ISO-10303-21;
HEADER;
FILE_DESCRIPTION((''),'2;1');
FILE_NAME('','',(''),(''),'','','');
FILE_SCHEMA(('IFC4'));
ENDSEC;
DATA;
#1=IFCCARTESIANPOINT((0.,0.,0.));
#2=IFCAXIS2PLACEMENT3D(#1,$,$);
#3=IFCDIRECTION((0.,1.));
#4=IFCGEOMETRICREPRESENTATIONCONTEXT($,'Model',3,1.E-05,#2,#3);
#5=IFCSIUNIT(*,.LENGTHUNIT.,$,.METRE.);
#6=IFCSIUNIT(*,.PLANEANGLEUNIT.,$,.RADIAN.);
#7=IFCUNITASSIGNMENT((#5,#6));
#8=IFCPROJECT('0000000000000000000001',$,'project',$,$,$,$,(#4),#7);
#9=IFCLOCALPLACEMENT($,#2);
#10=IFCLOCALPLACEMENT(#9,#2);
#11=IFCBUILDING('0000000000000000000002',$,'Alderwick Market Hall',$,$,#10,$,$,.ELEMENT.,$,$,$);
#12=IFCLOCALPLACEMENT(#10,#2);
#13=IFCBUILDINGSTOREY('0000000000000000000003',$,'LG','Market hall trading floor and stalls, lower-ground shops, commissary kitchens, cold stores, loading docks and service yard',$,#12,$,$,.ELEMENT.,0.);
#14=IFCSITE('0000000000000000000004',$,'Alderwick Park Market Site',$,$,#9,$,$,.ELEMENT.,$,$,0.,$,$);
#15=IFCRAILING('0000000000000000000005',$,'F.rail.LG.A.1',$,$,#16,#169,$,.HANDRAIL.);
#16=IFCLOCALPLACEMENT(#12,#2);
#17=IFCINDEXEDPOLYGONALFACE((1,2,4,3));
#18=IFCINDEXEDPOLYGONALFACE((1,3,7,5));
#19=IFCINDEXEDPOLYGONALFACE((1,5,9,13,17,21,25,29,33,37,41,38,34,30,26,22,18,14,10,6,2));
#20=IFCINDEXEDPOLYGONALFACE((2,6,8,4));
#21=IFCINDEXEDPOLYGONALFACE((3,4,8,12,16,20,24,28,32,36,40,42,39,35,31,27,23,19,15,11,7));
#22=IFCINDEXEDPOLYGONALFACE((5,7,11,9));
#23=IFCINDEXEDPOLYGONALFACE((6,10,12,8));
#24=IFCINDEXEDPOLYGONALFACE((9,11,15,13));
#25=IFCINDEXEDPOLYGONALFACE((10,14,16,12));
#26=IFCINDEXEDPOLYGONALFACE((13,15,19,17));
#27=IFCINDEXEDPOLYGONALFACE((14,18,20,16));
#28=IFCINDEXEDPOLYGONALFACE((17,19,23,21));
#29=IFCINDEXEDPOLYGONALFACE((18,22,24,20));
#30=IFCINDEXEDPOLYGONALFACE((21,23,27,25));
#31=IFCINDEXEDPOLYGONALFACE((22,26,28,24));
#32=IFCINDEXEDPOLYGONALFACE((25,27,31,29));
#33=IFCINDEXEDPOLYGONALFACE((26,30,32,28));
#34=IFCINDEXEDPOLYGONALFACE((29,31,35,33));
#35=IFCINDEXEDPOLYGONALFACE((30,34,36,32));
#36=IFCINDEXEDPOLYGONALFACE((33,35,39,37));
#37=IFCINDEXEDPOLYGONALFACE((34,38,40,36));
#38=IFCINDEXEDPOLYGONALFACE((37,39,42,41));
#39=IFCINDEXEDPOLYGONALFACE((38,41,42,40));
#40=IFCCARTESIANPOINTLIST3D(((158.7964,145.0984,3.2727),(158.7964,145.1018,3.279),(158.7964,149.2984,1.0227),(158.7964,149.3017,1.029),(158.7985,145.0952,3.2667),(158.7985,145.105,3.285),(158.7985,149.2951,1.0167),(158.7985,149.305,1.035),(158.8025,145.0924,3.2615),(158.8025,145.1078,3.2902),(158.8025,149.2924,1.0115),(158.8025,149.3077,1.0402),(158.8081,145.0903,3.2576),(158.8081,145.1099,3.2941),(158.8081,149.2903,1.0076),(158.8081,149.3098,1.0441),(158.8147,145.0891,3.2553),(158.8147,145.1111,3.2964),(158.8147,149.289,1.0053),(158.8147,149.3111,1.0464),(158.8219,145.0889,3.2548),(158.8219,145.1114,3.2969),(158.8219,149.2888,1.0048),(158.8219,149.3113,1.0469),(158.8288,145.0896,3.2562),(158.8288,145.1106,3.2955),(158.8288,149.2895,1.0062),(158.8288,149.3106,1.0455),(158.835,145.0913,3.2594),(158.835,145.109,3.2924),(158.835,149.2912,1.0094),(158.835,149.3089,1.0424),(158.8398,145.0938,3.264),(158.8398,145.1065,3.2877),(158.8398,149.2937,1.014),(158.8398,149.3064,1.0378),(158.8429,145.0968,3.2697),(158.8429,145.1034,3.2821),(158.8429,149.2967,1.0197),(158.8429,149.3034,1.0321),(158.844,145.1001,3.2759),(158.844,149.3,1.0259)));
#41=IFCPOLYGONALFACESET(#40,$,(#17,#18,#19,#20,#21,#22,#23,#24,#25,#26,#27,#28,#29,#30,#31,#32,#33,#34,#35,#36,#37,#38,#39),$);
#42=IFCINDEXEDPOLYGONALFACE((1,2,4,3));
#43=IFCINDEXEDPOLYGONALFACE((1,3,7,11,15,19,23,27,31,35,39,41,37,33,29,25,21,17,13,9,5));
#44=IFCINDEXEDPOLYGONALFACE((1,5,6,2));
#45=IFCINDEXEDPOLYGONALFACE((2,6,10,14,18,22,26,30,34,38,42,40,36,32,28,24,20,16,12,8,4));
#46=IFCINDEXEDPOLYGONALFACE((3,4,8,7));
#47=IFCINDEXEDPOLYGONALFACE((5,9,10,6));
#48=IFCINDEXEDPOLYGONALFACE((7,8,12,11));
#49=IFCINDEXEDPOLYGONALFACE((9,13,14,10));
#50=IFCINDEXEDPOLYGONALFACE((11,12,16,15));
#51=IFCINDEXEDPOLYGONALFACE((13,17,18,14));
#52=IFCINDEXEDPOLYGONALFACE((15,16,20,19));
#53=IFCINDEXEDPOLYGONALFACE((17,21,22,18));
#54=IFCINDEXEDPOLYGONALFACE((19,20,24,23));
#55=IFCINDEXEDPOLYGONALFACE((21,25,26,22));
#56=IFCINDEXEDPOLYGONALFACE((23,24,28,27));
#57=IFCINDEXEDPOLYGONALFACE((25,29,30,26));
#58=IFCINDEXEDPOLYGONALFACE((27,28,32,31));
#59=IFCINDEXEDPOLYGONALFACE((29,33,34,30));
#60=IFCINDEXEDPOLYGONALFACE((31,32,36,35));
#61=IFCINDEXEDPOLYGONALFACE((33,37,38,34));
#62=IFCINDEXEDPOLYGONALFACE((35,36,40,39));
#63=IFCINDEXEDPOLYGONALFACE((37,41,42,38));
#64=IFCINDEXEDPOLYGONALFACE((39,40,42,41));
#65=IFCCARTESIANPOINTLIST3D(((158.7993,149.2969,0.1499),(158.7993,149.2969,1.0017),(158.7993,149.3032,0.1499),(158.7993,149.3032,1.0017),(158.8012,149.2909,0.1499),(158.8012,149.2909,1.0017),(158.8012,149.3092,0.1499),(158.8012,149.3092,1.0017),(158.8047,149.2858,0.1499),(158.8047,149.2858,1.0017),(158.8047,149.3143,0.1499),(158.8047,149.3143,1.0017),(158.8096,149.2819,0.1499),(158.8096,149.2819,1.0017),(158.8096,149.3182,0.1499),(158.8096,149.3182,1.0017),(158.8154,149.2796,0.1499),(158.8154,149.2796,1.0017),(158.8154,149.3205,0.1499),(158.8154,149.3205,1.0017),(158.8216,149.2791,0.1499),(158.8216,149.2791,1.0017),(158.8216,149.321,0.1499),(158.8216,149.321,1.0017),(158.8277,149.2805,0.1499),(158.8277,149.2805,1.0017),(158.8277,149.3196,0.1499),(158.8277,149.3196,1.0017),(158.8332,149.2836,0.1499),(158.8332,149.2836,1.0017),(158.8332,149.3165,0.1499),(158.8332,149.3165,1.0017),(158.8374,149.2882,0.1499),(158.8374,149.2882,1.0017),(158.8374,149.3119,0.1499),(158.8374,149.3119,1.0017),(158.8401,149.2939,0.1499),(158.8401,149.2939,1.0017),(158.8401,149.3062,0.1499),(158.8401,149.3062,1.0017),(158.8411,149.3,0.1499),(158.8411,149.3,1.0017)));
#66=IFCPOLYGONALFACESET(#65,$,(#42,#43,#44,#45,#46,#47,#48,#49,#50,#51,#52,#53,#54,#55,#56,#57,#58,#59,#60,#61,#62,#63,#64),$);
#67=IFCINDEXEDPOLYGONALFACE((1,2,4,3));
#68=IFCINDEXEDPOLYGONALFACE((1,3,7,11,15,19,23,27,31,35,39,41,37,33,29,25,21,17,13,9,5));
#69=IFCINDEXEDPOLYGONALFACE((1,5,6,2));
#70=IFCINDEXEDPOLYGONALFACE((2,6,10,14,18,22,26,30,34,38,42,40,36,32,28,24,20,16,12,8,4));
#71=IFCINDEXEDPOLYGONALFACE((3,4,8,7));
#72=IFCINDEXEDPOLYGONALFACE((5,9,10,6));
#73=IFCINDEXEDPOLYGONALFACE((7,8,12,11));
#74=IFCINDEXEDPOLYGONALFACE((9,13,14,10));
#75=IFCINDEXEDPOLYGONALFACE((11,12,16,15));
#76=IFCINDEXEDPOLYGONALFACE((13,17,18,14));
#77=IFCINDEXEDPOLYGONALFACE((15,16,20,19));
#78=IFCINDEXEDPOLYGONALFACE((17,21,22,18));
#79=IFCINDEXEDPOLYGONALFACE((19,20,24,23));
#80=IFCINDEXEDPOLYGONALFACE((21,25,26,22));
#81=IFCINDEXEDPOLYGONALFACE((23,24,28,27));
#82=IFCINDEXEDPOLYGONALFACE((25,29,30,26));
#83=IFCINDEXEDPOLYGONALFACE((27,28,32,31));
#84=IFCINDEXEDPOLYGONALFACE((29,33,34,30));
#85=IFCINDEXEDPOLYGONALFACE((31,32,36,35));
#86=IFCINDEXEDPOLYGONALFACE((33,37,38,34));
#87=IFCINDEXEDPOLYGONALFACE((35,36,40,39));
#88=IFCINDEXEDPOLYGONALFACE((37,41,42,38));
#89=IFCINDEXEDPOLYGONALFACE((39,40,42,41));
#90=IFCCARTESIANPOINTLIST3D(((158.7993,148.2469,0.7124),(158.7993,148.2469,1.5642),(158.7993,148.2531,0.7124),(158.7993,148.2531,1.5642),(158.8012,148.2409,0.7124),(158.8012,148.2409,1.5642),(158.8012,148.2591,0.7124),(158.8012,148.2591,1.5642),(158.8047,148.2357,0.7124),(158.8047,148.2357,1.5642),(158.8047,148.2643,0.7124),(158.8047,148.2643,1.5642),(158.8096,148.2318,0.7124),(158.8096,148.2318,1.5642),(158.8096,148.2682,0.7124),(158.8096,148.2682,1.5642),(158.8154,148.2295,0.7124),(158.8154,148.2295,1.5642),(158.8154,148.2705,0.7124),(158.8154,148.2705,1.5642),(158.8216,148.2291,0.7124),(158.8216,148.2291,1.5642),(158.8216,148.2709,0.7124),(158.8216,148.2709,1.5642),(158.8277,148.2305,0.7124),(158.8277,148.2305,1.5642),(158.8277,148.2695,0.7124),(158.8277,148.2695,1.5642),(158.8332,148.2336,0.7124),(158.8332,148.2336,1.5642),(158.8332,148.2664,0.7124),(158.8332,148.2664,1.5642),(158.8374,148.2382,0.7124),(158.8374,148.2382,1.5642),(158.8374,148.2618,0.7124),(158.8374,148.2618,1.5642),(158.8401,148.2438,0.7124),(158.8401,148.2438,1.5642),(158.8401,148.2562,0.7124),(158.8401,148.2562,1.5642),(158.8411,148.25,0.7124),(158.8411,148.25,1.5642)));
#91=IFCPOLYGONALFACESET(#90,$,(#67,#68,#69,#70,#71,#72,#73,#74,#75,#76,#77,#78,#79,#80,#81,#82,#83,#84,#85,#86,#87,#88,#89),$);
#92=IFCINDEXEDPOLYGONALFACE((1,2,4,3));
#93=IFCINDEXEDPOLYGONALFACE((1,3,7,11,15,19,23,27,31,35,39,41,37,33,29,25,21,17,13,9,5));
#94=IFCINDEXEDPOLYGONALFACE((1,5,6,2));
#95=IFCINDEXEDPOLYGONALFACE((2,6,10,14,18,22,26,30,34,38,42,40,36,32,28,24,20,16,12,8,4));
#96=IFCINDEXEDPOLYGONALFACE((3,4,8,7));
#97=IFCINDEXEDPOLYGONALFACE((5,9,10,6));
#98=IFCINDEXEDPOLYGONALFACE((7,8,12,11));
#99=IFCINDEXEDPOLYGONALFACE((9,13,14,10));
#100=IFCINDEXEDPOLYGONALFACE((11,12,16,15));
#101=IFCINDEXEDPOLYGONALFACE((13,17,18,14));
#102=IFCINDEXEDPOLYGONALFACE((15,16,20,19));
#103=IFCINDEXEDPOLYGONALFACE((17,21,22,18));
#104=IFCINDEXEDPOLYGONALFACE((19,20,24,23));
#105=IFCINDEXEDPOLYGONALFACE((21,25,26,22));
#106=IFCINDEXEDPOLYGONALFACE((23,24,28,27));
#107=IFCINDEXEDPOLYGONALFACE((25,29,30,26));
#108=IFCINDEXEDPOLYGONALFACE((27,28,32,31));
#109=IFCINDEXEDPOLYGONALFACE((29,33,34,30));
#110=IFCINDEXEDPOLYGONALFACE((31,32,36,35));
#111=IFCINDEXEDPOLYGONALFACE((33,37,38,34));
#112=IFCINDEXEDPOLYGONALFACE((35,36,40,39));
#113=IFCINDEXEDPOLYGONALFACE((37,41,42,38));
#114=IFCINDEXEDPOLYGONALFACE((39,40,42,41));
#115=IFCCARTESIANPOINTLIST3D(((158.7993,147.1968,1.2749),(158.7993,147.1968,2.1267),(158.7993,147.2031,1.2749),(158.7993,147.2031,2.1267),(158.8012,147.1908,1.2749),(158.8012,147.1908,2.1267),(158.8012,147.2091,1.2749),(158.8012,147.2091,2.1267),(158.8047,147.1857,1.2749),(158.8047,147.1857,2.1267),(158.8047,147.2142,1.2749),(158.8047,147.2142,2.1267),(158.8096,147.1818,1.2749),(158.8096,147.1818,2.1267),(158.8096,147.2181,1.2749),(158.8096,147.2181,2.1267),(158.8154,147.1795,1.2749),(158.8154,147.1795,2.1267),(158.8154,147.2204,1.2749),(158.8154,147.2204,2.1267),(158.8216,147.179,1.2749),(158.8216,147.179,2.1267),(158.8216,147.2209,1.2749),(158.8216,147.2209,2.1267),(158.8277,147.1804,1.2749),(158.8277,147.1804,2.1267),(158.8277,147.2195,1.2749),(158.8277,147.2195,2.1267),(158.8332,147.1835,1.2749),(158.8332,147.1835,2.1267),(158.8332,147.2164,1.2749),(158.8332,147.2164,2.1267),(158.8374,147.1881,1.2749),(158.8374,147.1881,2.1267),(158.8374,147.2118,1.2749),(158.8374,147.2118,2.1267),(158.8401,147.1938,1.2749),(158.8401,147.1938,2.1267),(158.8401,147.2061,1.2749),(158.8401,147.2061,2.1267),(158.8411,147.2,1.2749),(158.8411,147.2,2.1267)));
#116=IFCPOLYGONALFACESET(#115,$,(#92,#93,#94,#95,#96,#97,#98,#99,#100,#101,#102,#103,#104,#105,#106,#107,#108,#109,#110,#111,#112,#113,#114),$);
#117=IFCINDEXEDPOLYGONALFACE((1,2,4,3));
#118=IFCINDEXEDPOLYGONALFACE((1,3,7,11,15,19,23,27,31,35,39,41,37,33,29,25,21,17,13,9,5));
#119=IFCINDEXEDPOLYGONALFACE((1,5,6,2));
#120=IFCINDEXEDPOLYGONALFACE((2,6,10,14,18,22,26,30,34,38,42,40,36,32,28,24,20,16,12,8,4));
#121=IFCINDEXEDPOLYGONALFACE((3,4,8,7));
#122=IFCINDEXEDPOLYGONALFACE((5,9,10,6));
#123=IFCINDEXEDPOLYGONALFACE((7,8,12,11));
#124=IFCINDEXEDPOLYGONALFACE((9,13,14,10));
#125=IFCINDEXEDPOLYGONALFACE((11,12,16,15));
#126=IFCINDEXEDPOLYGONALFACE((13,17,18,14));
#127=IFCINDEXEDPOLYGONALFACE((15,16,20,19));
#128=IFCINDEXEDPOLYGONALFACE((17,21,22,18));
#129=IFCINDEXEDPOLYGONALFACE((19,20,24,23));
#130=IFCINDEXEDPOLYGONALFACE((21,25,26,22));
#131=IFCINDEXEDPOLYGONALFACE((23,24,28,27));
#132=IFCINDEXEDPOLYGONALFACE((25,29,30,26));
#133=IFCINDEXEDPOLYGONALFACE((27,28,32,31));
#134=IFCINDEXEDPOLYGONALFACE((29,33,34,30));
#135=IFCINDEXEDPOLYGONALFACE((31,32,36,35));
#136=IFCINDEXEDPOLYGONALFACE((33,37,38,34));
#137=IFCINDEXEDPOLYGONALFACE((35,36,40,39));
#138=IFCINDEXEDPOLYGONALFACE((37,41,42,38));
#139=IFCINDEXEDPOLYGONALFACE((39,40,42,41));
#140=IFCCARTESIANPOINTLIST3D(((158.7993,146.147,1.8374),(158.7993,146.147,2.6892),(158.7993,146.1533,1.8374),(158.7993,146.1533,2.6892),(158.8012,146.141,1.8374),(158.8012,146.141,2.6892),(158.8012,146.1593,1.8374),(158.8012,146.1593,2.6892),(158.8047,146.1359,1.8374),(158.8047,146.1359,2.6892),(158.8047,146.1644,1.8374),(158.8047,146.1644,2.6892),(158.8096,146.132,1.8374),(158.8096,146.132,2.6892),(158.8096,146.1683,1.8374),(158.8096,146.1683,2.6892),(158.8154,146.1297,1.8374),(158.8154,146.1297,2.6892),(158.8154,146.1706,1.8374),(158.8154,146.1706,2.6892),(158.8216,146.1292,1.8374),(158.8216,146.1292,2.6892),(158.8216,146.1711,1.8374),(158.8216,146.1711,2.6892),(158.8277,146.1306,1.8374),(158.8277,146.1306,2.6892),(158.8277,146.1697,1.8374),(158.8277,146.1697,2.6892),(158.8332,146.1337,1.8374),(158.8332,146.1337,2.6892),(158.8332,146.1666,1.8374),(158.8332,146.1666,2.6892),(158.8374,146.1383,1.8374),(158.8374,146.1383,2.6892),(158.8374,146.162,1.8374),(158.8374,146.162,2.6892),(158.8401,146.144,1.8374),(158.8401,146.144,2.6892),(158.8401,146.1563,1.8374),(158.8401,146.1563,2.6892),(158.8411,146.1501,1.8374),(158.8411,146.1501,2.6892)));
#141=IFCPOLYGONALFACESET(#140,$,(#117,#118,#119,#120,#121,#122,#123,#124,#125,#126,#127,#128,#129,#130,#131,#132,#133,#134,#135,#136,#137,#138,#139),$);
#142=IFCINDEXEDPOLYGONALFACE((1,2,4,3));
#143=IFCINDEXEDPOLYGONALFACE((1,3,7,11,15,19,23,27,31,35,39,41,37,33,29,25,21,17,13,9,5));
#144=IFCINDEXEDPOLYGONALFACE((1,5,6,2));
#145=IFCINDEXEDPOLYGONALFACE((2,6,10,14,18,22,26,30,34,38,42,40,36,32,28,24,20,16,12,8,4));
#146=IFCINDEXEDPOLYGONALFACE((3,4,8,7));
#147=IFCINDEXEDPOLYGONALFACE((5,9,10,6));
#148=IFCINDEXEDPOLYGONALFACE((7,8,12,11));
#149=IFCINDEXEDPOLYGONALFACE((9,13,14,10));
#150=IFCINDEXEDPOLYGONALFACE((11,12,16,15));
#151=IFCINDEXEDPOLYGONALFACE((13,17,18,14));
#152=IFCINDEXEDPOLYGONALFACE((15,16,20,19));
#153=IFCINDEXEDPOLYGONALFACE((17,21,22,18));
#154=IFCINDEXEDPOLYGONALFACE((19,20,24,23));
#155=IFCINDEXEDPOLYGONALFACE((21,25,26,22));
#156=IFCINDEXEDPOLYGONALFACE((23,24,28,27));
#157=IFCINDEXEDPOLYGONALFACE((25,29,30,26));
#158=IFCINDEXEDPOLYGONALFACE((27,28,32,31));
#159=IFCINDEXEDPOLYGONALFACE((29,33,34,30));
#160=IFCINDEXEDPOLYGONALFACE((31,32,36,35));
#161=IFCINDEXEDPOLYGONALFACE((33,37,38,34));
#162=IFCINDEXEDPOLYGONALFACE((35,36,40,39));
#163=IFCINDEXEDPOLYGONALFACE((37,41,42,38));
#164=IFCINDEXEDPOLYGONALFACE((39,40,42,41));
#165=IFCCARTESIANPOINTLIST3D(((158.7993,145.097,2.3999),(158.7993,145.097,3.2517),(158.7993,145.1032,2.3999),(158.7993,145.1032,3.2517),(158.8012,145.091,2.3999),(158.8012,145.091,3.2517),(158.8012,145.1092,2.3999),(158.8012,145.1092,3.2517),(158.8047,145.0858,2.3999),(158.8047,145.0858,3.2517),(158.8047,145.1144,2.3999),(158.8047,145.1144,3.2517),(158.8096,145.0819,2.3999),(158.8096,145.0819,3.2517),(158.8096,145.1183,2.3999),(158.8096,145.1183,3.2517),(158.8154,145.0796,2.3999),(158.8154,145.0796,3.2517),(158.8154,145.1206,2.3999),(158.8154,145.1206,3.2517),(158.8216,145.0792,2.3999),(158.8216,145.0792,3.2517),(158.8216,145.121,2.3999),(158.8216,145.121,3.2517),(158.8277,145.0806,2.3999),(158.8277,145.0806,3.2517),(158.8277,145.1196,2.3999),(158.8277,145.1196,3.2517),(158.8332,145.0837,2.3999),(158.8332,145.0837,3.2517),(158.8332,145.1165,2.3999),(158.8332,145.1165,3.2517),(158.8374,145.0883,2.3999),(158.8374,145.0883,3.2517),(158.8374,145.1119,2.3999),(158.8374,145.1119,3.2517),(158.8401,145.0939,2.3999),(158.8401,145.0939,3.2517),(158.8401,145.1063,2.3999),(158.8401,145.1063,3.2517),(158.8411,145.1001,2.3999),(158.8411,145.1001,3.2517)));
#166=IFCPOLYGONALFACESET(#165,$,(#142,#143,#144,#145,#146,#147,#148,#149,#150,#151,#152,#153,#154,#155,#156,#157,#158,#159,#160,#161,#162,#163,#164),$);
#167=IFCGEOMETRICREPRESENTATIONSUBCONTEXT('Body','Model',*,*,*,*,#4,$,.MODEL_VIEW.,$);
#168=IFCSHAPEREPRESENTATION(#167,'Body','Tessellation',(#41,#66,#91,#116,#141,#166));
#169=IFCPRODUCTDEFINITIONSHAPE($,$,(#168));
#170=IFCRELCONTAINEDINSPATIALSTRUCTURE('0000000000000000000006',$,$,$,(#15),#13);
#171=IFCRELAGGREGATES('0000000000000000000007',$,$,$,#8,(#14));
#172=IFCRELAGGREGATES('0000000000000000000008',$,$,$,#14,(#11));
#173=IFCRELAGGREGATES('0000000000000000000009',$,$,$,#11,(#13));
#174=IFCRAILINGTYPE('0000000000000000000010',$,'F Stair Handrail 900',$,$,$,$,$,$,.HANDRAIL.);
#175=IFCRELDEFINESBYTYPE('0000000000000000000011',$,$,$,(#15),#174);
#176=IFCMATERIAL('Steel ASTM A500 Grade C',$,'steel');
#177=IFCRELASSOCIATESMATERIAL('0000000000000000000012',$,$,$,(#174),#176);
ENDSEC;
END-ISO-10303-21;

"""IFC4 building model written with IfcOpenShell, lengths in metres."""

from ifc_helpers import new_model, si_unit, direction, frame, origin, origin_2d, place, context, subcontext, project, spatial, circle, extrude, material, type_object, element, save


model = new_model("IFC4")

# Units and contexts
model_context = context("Model", 3, precision=1e-05, world=origin(), true_north=direction((0.0, 1.0)))
body_context = subcontext(model_context, "Body", "Model", "MODEL_VIEW")
ifc_project = project(units=[si_unit("LENGTHUNIT", "METRE"), si_unit("PLANEANGLEUNIT", "RADIAN")], contexts=[model_context])

# Site, building, storey
site_placement = place(None, origin())
site = spatial("IfcSite", under=ifc_project, at=site_placement, Name="Alderwick Park Market Site", CompositionType="ELEMENT", RefElevation=0.0)
building_placement = place(site_placement, origin())
building = spatial("IfcBuilding", under=site, at=building_placement, Name="Alderwick Market Hall", CompositionType="ELEMENT")
storey_placement = place(building_placement, origin())
storey = spatial("IfcBuildingStorey", under=building, at=storey_placement, Name="LG", Description="Market hall trading floor and stalls, lower-ground shops, commissary kitchens, cold stores, loading docks and service yard", CompositionType="ELEMENT", Elevation=0.0)

# Railing
ifc_material_1 = material(Name="Steel ASTM A500 Grade C", Category="steel")
railing_type_1 = type_object("IfcRailingType", Name="F Stair Handrail 900", PredefinedType="HANDRAIL", material=ifc_material_1)
for number, where, name in (
    (1, (158.8201, 149.3, 0.1499), "F.rail.LG.A.1"),
):
    element("IfcRailing", number, at=place(storey_placement, frame(where)), inside=storey, type_object=railing_type_1, Name=name, PredefinedType="HANDRAIL", context=body_context, shape_type="SweptSolid", body=[
        extrude(circle(Radius=0.0239, at=origin_2d()), frame((0.0, 0.0, 0.876), z_axis=(0.0, -0.881478, 0.472226), x_axis=(1.0, 0.0, 0.0)), (0.0, 0.0, 1.0), 4.7646),
        extrude(circle(Radius=0.021, at=origin_2d()), origin(), (0.0, 0.0, 1.0), 0.8518),
        extrude(circle(Radius=0.021, at=origin_2d()), frame((0.0, -1.05, 0.5625)), (0.0, 0.0, 1.0), 0.8518),
        extrude(circle(Radius=0.021, at=origin_2d()), frame((0.0, -2.1001, 1.125)), (0.0, 0.0, 1.0), 0.8518),
        extrude(circle(Radius=0.021, at=origin_2d()), frame((0.0, -3.1499, 1.6875)), (0.0, 0.0, 1.0), 0.8518),
        extrude(circle(Radius=0.021, at=origin_2d()), frame((0.0, -4.2, 2.25)), (0.0, 0.0, 1.0), 0.8518),
    ])

save(model, "model.ifc")
